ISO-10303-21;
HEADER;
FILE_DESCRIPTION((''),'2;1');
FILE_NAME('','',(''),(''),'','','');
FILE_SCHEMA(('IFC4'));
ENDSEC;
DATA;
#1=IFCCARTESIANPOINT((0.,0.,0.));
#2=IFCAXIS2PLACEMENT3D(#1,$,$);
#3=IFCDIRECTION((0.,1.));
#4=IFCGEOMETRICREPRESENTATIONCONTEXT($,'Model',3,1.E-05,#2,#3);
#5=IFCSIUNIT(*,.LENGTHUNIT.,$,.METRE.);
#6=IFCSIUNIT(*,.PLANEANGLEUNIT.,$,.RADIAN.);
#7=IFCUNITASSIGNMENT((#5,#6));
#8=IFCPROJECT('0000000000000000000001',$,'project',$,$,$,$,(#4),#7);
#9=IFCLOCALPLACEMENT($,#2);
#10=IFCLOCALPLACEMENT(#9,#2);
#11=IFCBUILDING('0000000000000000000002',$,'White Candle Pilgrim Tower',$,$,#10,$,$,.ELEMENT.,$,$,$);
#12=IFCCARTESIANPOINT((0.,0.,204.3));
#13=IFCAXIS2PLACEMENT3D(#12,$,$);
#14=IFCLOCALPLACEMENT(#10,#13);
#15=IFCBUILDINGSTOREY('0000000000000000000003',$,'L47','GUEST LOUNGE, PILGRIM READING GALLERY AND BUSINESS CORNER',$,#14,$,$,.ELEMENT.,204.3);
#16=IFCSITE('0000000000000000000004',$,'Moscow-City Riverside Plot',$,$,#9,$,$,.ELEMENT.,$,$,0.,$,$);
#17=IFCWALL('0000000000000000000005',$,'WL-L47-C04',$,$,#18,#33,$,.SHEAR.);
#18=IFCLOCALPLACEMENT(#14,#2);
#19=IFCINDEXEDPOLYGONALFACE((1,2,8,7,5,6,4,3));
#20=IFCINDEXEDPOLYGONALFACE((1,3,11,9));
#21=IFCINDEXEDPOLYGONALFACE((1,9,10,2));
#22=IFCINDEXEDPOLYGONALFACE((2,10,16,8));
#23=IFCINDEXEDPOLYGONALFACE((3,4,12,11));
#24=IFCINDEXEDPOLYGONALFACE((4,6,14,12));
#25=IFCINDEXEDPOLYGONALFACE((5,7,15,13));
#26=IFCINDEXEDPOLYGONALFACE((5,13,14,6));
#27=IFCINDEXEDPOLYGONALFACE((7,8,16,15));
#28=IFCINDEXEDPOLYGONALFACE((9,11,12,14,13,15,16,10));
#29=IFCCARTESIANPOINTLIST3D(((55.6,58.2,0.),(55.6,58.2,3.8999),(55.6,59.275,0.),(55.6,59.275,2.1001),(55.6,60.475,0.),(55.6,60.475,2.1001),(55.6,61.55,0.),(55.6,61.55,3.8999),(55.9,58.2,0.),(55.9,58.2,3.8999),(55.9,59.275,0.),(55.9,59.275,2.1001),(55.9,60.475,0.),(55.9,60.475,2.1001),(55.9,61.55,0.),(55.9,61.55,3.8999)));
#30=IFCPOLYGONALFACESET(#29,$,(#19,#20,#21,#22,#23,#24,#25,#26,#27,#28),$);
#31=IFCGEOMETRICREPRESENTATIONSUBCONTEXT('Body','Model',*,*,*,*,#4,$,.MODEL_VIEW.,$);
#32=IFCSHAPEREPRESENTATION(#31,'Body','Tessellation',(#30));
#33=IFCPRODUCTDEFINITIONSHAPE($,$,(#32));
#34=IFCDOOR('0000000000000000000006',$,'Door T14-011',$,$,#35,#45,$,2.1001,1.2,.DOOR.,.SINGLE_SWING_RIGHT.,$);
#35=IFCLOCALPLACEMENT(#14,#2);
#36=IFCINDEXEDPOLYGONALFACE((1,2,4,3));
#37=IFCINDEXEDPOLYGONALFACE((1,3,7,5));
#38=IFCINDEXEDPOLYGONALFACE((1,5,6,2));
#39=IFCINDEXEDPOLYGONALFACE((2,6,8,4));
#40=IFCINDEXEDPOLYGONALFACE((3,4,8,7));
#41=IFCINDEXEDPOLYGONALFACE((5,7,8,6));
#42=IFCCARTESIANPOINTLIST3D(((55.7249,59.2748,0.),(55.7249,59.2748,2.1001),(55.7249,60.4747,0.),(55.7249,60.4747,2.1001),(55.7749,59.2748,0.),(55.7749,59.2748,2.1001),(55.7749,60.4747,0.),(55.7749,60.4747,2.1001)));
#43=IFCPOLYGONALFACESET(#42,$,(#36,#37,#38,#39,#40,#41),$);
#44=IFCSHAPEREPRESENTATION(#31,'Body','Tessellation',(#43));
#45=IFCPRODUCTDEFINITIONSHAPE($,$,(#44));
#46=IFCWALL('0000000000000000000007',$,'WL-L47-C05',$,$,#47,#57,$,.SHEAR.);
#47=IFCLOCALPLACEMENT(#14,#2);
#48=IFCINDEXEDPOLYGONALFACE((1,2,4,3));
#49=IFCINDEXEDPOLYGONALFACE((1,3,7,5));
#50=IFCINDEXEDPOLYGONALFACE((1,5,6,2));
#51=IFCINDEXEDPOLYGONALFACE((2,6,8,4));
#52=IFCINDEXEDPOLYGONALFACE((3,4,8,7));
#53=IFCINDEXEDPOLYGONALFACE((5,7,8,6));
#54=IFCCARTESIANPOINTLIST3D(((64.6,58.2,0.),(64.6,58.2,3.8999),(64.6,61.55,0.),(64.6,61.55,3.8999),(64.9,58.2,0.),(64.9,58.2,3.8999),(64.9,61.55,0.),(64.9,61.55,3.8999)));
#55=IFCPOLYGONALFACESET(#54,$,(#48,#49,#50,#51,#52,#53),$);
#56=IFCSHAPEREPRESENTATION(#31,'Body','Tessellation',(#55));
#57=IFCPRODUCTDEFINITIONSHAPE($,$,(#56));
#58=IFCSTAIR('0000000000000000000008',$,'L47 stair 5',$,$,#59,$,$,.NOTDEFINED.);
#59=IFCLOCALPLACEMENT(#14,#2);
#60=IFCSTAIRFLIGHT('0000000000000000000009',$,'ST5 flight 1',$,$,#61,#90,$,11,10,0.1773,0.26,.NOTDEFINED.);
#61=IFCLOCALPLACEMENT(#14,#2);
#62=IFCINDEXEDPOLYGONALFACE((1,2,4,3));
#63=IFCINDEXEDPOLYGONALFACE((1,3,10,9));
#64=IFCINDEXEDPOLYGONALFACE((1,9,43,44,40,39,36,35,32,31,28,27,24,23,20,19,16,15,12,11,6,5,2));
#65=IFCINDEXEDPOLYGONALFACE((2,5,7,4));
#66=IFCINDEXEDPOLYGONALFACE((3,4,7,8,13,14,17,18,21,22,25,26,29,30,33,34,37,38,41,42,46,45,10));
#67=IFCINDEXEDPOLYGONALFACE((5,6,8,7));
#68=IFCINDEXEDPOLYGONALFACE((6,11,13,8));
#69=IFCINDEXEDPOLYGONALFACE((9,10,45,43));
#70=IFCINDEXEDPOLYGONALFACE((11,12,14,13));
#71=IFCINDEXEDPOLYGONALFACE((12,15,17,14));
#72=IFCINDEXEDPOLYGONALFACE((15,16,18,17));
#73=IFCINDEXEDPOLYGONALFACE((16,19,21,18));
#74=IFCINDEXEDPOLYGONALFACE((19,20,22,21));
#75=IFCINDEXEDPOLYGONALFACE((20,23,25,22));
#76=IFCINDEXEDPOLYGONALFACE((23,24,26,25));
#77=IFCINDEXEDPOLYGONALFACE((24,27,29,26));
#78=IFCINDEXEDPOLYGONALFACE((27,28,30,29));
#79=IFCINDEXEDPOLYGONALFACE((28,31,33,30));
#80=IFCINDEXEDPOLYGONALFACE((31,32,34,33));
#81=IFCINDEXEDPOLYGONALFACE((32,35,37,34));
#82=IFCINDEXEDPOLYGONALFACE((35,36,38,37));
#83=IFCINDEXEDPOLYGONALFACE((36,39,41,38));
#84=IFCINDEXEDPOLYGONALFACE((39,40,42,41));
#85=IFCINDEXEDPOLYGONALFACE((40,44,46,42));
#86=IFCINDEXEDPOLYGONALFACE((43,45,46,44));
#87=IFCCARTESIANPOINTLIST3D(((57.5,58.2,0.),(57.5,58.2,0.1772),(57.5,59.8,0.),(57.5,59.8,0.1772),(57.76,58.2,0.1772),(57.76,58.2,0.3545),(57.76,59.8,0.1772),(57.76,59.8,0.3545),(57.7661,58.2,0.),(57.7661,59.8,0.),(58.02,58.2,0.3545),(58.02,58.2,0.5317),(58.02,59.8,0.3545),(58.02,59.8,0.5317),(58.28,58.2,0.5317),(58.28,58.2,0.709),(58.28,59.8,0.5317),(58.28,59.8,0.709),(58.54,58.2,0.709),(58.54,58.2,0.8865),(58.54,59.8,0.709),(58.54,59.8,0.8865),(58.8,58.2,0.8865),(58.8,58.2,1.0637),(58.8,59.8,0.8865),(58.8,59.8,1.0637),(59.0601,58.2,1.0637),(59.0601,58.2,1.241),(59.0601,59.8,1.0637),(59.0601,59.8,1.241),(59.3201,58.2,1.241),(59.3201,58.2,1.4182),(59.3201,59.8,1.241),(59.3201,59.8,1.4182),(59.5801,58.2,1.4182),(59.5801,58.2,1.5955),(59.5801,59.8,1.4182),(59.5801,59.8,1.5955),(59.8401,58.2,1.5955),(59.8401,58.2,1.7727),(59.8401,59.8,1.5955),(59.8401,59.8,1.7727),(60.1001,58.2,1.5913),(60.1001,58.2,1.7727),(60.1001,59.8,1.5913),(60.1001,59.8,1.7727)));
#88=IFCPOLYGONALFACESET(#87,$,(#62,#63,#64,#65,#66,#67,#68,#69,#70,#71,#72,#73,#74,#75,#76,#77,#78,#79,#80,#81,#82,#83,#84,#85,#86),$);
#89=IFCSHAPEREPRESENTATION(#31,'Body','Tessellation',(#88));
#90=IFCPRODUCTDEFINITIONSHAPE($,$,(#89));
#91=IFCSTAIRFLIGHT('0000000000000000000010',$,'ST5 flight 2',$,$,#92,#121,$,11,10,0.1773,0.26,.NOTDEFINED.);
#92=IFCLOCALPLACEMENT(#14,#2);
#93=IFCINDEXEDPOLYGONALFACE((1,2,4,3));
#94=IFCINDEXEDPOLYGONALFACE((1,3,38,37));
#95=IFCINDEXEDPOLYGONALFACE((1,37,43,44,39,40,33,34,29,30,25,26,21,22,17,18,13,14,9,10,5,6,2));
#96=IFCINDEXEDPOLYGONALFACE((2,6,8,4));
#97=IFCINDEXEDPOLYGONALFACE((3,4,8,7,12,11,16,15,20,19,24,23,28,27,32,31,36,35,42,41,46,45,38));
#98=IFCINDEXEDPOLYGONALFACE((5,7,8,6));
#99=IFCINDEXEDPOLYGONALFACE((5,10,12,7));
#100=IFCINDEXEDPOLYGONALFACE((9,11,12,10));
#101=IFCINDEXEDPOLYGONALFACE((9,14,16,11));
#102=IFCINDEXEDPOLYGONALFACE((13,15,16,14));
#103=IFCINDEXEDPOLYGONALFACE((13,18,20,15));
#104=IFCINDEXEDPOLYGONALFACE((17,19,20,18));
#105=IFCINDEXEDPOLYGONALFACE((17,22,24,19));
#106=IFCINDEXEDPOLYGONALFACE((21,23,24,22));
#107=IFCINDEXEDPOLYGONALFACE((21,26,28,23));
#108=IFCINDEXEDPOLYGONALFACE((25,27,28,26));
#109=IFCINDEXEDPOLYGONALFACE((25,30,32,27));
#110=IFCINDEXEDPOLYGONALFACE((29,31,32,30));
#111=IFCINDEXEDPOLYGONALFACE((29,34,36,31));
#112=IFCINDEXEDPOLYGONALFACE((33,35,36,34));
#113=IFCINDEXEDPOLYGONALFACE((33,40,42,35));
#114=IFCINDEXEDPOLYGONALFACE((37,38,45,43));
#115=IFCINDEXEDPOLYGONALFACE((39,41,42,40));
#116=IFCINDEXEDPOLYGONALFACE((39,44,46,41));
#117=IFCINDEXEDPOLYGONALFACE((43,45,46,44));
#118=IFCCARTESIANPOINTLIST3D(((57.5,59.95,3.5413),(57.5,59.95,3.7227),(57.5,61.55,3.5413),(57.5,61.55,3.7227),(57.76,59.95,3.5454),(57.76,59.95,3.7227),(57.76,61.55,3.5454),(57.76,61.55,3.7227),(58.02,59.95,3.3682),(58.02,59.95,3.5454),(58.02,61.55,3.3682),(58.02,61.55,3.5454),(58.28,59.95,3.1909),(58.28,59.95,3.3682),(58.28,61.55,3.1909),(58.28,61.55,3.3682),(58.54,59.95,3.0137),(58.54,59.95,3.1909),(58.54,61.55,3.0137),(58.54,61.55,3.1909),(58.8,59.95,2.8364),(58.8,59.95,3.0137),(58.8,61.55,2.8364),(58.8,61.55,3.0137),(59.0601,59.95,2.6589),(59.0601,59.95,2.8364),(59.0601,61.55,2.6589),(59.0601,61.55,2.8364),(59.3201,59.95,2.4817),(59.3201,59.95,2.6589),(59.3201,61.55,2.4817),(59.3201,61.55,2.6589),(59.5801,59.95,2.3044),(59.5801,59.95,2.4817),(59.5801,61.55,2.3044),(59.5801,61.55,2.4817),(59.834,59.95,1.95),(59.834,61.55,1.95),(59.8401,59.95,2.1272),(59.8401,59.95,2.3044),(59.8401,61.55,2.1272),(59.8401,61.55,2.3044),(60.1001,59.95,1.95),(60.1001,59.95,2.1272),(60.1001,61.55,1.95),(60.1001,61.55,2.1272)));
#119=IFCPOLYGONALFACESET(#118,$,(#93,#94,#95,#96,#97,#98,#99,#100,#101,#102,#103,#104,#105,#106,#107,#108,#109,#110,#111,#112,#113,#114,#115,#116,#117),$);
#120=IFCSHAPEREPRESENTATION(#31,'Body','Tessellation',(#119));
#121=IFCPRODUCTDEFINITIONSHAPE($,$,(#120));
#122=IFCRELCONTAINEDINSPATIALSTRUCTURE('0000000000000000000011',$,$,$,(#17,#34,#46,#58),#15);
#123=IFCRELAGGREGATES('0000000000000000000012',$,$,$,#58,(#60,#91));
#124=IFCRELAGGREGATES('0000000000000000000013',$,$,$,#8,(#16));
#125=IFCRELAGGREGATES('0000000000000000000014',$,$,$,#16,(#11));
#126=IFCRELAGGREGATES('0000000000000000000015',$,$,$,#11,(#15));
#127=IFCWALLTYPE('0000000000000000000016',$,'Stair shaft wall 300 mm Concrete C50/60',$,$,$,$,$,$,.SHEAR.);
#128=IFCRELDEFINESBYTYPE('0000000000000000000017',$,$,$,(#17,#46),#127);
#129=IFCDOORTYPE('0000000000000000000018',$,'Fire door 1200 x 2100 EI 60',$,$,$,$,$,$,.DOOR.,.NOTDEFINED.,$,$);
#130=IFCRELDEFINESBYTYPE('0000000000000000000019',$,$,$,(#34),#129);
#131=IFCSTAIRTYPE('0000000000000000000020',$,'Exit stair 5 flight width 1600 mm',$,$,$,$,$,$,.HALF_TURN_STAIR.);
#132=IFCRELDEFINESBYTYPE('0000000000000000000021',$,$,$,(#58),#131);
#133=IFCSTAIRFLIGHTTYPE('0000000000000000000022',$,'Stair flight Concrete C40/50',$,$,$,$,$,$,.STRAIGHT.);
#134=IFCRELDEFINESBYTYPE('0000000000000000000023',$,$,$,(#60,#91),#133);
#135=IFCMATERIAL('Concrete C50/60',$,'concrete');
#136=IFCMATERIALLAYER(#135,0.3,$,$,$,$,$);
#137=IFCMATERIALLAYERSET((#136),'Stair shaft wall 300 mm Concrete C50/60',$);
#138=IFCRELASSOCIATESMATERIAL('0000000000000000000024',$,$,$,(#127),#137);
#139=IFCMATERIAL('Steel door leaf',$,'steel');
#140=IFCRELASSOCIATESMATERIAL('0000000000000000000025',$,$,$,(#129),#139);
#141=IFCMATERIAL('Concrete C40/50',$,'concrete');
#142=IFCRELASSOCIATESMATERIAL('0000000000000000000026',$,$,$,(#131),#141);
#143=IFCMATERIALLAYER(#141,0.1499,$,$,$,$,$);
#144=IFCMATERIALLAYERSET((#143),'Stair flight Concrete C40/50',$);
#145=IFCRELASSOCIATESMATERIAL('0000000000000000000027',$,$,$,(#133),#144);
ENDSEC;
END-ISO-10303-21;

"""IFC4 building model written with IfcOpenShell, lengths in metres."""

from ifc_helpers import new_model, si_unit, direction, frame, frame_2d, origin, place, context, subcontext, project, spatial, polyline, rectangle, outline, extrude, material, layer, layer_set, type_object, element, fill, aggregate, save


model = new_model("IFC4")

# Units and contexts
model_context = context("Model", 3, precision=1e-05, world=origin(), true_north=direction((0.0, 1.0)))
body_context = subcontext(model_context, "Body", "Model", "MODEL_VIEW")
ifc_project = project(units=[si_unit("LENGTHUNIT", "METRE"), si_unit("PLANEANGLEUNIT", "RADIAN")], contexts=[model_context])

# Site, building, storey
site_placement = place(None, origin())
site = spatial("IfcSite", under=ifc_project, at=site_placement, Name="Moscow-City Riverside Plot", CompositionType="ELEMENT", RefElevation=0.0)
building_placement = place(site_placement, origin())
building = spatial("IfcBuilding", under=site, at=building_placement, Name="White Candle Pilgrim Tower", CompositionType="ELEMENT")
storey_placement = place(building_placement, frame((0.0, 0.0, 204.3)))
storey = spatial("IfcBuildingStorey", under=building, at=storey_placement, Name="L47", Description="GUEST LOUNGE, PILGRIM READING GALLERY AND BUSINESS CORNER", CompositionType="ELEMENT", Elevation=204.3)

# Shared definitions
ifc_material_1 = material(Name="Concrete C50/60", Category="concrete")

# Shared definitions
ifc_material_2 = material(Name="Steel door leaf", Category="steel")

# Wall, opening, door
ifc_layer_1 = layer(ifc_material_1, 0.3)
ifc_layer_set_1 = layer_set([ifc_layer_1], Name="Stair shaft wall 300 mm Concrete C50/60")
wall_type_1 = type_object("IfcWallType", Name="Stair shaft wall 300 mm Concrete C50/60", PredefinedType="SHEAR", material=ifc_layer_set_1)
wall_1_placement = place(storey_placement, frame((55.75, 58.2, 0.0), z_axis=(0.0, 0.0, 1.0), x_axis=(0.0, 1.0, 0.0)))
wall_1 = element("IfcWall", 1, at=wall_1_placement, inside=storey, type_object=wall_type_1, Name="WL-L47-C04", PredefinedType="SHEAR", context=body_context, shape_type="SweptSolid", body=[
    extrude(rectangle(XDim=3.3501, YDim=0.3, at=frame_2d((1.675, 0.0))), origin(), (0.0, 0.0, 1.0), 3.8999),
])
opening_1_placement = place(wall_1_placement, frame((1.075, 0.0, 0.0)))
opening_1 = element("IfcOpeningElement", 2, at=opening_1_placement, cuts=wall_1, PredefinedType="OPENING", context=body_context, shape_type="SweptSolid", body=[
    extrude(rectangle(XDim=1.2, YDim=2.1001, at=frame_2d((0.6001, 1.05))), frame((0.0, 0.1599, 0.0), z_axis=(0.0, -1.0, 0.0), x_axis=(1.0, 0.0, 0.0)), (0.0, 0.0, 1.0), 0.3201),
])
door_type_1 = type_object("IfcDoorType", Name="Fire door 1200 x 2100 EI 60", OperationType="NOTDEFINED", PredefinedType="DOOR", material=ifc_material_2)
door_1_placement = place(opening_1_placement, frame((1.2, 0.0, 0.0), z_axis=(0.0, 0.0, 1.0), x_axis=(-1.0, 0.0, 0.0)))
door_1 = element("IfcDoor", 3, at=door_1_placement, inside=storey, type_object=door_type_1, Name="Door T14-011", OperationType="SINGLE_SWING_RIGHT", OverallHeight=2.1001, OverallWidth=1.2, PredefinedType="DOOR", context=body_context, shape_type="SweptSolid", body=[
    extrude(rectangle(XDim=1.2, YDim=2.1001, at=frame_2d((0.6001, 1.05))), frame((0.0, 0.0249, 0.0), z_axis=(0.0, -1.0, 0.0), x_axis=(1.0, 0.0, 0.0)), (0.0, 0.0, 1.0), 0.05),
])
fill(opening_1, door_1)

# Wall
wall_2_placement = place(storey_placement, frame((64.75, 58.2, 0.0), z_axis=(0.0, 0.0, 1.0), x_axis=(0.0, 1.0, 0.0)))
element("IfcWall", 4, at=wall_2_placement, inside=storey, type_object=wall_type_1, Name="WL-L47-C05", PredefinedType="SHEAR", context=body_context, shape_type="SweptSolid", body=[
    extrude(rectangle(XDim=3.3501, YDim=0.3, at=frame_2d((1.675, 0.0))), origin(), (0.0, 0.0, 1.0), 3.8999),
])

# Stair, stair flights
ifc_material_3 = material(Name="Concrete C40/50", Category="concrete")
stair_type = type_object("IfcStairType", Name="Exit stair 5 flight width 1600 mm", PredefinedType="HALF_TURN_STAIR", material=ifc_material_3)
stair_placement = place(storey_placement, origin())
stair = element("IfcStair", 5, at=stair_placement, inside=storey, type_object=stair_type, Name="L47 stair 5", PredefinedType="NOTDEFINED")
ifc_layer_2 = layer(ifc_material_3, 0.1499)
ifc_layer_set_2 = layer_set([ifc_layer_2], Name="Stair flight Concrete C40/50")
stair_flight_type = type_object("IfcStairFlightType", Name="Stair flight Concrete C40/50", PredefinedType="STRAIGHT", material=ifc_layer_set_2)
stair_flight_1_placement = place(storey_placement, frame((57.5, 59.0, 0.0), z_axis=(0.0, 0.0, 1.0), x_axis=(1.0, 0.0, 0.0)))
stair_flight_1 = element("IfcStairFlight", 6, at=stair_flight_1_placement, type_object=stair_flight_type, Name="ST5 flight 1", NumberOfRisers=11, NumberOfTreads=10, PredefinedType="NOTDEFINED", RiserHeight=0.1773, TreadLength=0.26, context=body_context, shape_type="SweptSolid", body=[
    extrude(outline(polyline([(0.0, 0.0), (0.0, 0.1772), (0.26, 0.1772), (0.26, 0.3545), (0.52, 0.3545), (0.52, 0.5317), (0.78, 0.5317), (0.78, 0.709), (1.04, 0.709), (1.04, 0.8865), (1.3, 0.8865), (1.3, 1.0637), (1.5601, 1.0637), (1.5601, 1.241), (1.8201, 1.241), (1.8201, 1.4182), (2.0801, 1.4182), (2.0801, 1.5955), (2.3401, 1.5955), (2.3401, 1.7727), (2.6001, 1.7727), (2.6001, 1.95), (2.6001, 1.5913), (0.2661, 0.0), (0.0, 0.0)])), frame((0.0, 0.8, 0.0), z_axis=(0.0, -1.0, 0.0), x_axis=(1.0, 0.0, 0.0)), (0.0, 0.0, 1.0), 1.6001),
])
stair_flight_2_placement = place(storey_placement, frame((60.1001, 60.75, 1.95), z_axis=(0.0, 0.0, 1.0), x_axis=(-1.0, 0.0, 0.0)))
stair_flight_2 = element("IfcStairFlight", 7, at=stair_flight_2_placement, type_object=stair_flight_type, Name="ST5 flight 2", NumberOfRisers=11, NumberOfTreads=10, PredefinedType="NOTDEFINED", RiserHeight=0.1773, TreadLength=0.26, context=body_context, shape_type="SweptSolid", body=[
    extrude(outline(polyline([(0.0, 0.0), (0.0, 0.1772), (0.26, 0.1772), (0.26, 0.3545), (0.52, 0.3545), (0.52, 0.5317), (0.78, 0.5317), (0.78, 0.709), (1.04, 0.709), (1.04, 0.8865), (1.3, 0.8865), (1.3, 1.0637), (1.5601, 1.0637), (1.5601, 1.241), (1.8201, 1.241), (1.8201, 1.4182), (2.0801, 1.4182), (2.0801, 1.5955), (2.3401, 1.5955), (2.3401, 1.7727), (2.6001, 1.7727), (2.6001, 1.95), (2.6001, 1.5913), (0.2661, 0.0), (0.0, 0.0)])), frame((0.0, 0.8, 0.0), z_axis=(0.0, -1.0, 0.0), x_axis=(1.0, 0.0, 0.0)), (0.0, 0.0, 1.0), 1.6001),
])
aggregate(stair, [stair_flight_1, stair_flight_2])

save(model, "model.ifc")
